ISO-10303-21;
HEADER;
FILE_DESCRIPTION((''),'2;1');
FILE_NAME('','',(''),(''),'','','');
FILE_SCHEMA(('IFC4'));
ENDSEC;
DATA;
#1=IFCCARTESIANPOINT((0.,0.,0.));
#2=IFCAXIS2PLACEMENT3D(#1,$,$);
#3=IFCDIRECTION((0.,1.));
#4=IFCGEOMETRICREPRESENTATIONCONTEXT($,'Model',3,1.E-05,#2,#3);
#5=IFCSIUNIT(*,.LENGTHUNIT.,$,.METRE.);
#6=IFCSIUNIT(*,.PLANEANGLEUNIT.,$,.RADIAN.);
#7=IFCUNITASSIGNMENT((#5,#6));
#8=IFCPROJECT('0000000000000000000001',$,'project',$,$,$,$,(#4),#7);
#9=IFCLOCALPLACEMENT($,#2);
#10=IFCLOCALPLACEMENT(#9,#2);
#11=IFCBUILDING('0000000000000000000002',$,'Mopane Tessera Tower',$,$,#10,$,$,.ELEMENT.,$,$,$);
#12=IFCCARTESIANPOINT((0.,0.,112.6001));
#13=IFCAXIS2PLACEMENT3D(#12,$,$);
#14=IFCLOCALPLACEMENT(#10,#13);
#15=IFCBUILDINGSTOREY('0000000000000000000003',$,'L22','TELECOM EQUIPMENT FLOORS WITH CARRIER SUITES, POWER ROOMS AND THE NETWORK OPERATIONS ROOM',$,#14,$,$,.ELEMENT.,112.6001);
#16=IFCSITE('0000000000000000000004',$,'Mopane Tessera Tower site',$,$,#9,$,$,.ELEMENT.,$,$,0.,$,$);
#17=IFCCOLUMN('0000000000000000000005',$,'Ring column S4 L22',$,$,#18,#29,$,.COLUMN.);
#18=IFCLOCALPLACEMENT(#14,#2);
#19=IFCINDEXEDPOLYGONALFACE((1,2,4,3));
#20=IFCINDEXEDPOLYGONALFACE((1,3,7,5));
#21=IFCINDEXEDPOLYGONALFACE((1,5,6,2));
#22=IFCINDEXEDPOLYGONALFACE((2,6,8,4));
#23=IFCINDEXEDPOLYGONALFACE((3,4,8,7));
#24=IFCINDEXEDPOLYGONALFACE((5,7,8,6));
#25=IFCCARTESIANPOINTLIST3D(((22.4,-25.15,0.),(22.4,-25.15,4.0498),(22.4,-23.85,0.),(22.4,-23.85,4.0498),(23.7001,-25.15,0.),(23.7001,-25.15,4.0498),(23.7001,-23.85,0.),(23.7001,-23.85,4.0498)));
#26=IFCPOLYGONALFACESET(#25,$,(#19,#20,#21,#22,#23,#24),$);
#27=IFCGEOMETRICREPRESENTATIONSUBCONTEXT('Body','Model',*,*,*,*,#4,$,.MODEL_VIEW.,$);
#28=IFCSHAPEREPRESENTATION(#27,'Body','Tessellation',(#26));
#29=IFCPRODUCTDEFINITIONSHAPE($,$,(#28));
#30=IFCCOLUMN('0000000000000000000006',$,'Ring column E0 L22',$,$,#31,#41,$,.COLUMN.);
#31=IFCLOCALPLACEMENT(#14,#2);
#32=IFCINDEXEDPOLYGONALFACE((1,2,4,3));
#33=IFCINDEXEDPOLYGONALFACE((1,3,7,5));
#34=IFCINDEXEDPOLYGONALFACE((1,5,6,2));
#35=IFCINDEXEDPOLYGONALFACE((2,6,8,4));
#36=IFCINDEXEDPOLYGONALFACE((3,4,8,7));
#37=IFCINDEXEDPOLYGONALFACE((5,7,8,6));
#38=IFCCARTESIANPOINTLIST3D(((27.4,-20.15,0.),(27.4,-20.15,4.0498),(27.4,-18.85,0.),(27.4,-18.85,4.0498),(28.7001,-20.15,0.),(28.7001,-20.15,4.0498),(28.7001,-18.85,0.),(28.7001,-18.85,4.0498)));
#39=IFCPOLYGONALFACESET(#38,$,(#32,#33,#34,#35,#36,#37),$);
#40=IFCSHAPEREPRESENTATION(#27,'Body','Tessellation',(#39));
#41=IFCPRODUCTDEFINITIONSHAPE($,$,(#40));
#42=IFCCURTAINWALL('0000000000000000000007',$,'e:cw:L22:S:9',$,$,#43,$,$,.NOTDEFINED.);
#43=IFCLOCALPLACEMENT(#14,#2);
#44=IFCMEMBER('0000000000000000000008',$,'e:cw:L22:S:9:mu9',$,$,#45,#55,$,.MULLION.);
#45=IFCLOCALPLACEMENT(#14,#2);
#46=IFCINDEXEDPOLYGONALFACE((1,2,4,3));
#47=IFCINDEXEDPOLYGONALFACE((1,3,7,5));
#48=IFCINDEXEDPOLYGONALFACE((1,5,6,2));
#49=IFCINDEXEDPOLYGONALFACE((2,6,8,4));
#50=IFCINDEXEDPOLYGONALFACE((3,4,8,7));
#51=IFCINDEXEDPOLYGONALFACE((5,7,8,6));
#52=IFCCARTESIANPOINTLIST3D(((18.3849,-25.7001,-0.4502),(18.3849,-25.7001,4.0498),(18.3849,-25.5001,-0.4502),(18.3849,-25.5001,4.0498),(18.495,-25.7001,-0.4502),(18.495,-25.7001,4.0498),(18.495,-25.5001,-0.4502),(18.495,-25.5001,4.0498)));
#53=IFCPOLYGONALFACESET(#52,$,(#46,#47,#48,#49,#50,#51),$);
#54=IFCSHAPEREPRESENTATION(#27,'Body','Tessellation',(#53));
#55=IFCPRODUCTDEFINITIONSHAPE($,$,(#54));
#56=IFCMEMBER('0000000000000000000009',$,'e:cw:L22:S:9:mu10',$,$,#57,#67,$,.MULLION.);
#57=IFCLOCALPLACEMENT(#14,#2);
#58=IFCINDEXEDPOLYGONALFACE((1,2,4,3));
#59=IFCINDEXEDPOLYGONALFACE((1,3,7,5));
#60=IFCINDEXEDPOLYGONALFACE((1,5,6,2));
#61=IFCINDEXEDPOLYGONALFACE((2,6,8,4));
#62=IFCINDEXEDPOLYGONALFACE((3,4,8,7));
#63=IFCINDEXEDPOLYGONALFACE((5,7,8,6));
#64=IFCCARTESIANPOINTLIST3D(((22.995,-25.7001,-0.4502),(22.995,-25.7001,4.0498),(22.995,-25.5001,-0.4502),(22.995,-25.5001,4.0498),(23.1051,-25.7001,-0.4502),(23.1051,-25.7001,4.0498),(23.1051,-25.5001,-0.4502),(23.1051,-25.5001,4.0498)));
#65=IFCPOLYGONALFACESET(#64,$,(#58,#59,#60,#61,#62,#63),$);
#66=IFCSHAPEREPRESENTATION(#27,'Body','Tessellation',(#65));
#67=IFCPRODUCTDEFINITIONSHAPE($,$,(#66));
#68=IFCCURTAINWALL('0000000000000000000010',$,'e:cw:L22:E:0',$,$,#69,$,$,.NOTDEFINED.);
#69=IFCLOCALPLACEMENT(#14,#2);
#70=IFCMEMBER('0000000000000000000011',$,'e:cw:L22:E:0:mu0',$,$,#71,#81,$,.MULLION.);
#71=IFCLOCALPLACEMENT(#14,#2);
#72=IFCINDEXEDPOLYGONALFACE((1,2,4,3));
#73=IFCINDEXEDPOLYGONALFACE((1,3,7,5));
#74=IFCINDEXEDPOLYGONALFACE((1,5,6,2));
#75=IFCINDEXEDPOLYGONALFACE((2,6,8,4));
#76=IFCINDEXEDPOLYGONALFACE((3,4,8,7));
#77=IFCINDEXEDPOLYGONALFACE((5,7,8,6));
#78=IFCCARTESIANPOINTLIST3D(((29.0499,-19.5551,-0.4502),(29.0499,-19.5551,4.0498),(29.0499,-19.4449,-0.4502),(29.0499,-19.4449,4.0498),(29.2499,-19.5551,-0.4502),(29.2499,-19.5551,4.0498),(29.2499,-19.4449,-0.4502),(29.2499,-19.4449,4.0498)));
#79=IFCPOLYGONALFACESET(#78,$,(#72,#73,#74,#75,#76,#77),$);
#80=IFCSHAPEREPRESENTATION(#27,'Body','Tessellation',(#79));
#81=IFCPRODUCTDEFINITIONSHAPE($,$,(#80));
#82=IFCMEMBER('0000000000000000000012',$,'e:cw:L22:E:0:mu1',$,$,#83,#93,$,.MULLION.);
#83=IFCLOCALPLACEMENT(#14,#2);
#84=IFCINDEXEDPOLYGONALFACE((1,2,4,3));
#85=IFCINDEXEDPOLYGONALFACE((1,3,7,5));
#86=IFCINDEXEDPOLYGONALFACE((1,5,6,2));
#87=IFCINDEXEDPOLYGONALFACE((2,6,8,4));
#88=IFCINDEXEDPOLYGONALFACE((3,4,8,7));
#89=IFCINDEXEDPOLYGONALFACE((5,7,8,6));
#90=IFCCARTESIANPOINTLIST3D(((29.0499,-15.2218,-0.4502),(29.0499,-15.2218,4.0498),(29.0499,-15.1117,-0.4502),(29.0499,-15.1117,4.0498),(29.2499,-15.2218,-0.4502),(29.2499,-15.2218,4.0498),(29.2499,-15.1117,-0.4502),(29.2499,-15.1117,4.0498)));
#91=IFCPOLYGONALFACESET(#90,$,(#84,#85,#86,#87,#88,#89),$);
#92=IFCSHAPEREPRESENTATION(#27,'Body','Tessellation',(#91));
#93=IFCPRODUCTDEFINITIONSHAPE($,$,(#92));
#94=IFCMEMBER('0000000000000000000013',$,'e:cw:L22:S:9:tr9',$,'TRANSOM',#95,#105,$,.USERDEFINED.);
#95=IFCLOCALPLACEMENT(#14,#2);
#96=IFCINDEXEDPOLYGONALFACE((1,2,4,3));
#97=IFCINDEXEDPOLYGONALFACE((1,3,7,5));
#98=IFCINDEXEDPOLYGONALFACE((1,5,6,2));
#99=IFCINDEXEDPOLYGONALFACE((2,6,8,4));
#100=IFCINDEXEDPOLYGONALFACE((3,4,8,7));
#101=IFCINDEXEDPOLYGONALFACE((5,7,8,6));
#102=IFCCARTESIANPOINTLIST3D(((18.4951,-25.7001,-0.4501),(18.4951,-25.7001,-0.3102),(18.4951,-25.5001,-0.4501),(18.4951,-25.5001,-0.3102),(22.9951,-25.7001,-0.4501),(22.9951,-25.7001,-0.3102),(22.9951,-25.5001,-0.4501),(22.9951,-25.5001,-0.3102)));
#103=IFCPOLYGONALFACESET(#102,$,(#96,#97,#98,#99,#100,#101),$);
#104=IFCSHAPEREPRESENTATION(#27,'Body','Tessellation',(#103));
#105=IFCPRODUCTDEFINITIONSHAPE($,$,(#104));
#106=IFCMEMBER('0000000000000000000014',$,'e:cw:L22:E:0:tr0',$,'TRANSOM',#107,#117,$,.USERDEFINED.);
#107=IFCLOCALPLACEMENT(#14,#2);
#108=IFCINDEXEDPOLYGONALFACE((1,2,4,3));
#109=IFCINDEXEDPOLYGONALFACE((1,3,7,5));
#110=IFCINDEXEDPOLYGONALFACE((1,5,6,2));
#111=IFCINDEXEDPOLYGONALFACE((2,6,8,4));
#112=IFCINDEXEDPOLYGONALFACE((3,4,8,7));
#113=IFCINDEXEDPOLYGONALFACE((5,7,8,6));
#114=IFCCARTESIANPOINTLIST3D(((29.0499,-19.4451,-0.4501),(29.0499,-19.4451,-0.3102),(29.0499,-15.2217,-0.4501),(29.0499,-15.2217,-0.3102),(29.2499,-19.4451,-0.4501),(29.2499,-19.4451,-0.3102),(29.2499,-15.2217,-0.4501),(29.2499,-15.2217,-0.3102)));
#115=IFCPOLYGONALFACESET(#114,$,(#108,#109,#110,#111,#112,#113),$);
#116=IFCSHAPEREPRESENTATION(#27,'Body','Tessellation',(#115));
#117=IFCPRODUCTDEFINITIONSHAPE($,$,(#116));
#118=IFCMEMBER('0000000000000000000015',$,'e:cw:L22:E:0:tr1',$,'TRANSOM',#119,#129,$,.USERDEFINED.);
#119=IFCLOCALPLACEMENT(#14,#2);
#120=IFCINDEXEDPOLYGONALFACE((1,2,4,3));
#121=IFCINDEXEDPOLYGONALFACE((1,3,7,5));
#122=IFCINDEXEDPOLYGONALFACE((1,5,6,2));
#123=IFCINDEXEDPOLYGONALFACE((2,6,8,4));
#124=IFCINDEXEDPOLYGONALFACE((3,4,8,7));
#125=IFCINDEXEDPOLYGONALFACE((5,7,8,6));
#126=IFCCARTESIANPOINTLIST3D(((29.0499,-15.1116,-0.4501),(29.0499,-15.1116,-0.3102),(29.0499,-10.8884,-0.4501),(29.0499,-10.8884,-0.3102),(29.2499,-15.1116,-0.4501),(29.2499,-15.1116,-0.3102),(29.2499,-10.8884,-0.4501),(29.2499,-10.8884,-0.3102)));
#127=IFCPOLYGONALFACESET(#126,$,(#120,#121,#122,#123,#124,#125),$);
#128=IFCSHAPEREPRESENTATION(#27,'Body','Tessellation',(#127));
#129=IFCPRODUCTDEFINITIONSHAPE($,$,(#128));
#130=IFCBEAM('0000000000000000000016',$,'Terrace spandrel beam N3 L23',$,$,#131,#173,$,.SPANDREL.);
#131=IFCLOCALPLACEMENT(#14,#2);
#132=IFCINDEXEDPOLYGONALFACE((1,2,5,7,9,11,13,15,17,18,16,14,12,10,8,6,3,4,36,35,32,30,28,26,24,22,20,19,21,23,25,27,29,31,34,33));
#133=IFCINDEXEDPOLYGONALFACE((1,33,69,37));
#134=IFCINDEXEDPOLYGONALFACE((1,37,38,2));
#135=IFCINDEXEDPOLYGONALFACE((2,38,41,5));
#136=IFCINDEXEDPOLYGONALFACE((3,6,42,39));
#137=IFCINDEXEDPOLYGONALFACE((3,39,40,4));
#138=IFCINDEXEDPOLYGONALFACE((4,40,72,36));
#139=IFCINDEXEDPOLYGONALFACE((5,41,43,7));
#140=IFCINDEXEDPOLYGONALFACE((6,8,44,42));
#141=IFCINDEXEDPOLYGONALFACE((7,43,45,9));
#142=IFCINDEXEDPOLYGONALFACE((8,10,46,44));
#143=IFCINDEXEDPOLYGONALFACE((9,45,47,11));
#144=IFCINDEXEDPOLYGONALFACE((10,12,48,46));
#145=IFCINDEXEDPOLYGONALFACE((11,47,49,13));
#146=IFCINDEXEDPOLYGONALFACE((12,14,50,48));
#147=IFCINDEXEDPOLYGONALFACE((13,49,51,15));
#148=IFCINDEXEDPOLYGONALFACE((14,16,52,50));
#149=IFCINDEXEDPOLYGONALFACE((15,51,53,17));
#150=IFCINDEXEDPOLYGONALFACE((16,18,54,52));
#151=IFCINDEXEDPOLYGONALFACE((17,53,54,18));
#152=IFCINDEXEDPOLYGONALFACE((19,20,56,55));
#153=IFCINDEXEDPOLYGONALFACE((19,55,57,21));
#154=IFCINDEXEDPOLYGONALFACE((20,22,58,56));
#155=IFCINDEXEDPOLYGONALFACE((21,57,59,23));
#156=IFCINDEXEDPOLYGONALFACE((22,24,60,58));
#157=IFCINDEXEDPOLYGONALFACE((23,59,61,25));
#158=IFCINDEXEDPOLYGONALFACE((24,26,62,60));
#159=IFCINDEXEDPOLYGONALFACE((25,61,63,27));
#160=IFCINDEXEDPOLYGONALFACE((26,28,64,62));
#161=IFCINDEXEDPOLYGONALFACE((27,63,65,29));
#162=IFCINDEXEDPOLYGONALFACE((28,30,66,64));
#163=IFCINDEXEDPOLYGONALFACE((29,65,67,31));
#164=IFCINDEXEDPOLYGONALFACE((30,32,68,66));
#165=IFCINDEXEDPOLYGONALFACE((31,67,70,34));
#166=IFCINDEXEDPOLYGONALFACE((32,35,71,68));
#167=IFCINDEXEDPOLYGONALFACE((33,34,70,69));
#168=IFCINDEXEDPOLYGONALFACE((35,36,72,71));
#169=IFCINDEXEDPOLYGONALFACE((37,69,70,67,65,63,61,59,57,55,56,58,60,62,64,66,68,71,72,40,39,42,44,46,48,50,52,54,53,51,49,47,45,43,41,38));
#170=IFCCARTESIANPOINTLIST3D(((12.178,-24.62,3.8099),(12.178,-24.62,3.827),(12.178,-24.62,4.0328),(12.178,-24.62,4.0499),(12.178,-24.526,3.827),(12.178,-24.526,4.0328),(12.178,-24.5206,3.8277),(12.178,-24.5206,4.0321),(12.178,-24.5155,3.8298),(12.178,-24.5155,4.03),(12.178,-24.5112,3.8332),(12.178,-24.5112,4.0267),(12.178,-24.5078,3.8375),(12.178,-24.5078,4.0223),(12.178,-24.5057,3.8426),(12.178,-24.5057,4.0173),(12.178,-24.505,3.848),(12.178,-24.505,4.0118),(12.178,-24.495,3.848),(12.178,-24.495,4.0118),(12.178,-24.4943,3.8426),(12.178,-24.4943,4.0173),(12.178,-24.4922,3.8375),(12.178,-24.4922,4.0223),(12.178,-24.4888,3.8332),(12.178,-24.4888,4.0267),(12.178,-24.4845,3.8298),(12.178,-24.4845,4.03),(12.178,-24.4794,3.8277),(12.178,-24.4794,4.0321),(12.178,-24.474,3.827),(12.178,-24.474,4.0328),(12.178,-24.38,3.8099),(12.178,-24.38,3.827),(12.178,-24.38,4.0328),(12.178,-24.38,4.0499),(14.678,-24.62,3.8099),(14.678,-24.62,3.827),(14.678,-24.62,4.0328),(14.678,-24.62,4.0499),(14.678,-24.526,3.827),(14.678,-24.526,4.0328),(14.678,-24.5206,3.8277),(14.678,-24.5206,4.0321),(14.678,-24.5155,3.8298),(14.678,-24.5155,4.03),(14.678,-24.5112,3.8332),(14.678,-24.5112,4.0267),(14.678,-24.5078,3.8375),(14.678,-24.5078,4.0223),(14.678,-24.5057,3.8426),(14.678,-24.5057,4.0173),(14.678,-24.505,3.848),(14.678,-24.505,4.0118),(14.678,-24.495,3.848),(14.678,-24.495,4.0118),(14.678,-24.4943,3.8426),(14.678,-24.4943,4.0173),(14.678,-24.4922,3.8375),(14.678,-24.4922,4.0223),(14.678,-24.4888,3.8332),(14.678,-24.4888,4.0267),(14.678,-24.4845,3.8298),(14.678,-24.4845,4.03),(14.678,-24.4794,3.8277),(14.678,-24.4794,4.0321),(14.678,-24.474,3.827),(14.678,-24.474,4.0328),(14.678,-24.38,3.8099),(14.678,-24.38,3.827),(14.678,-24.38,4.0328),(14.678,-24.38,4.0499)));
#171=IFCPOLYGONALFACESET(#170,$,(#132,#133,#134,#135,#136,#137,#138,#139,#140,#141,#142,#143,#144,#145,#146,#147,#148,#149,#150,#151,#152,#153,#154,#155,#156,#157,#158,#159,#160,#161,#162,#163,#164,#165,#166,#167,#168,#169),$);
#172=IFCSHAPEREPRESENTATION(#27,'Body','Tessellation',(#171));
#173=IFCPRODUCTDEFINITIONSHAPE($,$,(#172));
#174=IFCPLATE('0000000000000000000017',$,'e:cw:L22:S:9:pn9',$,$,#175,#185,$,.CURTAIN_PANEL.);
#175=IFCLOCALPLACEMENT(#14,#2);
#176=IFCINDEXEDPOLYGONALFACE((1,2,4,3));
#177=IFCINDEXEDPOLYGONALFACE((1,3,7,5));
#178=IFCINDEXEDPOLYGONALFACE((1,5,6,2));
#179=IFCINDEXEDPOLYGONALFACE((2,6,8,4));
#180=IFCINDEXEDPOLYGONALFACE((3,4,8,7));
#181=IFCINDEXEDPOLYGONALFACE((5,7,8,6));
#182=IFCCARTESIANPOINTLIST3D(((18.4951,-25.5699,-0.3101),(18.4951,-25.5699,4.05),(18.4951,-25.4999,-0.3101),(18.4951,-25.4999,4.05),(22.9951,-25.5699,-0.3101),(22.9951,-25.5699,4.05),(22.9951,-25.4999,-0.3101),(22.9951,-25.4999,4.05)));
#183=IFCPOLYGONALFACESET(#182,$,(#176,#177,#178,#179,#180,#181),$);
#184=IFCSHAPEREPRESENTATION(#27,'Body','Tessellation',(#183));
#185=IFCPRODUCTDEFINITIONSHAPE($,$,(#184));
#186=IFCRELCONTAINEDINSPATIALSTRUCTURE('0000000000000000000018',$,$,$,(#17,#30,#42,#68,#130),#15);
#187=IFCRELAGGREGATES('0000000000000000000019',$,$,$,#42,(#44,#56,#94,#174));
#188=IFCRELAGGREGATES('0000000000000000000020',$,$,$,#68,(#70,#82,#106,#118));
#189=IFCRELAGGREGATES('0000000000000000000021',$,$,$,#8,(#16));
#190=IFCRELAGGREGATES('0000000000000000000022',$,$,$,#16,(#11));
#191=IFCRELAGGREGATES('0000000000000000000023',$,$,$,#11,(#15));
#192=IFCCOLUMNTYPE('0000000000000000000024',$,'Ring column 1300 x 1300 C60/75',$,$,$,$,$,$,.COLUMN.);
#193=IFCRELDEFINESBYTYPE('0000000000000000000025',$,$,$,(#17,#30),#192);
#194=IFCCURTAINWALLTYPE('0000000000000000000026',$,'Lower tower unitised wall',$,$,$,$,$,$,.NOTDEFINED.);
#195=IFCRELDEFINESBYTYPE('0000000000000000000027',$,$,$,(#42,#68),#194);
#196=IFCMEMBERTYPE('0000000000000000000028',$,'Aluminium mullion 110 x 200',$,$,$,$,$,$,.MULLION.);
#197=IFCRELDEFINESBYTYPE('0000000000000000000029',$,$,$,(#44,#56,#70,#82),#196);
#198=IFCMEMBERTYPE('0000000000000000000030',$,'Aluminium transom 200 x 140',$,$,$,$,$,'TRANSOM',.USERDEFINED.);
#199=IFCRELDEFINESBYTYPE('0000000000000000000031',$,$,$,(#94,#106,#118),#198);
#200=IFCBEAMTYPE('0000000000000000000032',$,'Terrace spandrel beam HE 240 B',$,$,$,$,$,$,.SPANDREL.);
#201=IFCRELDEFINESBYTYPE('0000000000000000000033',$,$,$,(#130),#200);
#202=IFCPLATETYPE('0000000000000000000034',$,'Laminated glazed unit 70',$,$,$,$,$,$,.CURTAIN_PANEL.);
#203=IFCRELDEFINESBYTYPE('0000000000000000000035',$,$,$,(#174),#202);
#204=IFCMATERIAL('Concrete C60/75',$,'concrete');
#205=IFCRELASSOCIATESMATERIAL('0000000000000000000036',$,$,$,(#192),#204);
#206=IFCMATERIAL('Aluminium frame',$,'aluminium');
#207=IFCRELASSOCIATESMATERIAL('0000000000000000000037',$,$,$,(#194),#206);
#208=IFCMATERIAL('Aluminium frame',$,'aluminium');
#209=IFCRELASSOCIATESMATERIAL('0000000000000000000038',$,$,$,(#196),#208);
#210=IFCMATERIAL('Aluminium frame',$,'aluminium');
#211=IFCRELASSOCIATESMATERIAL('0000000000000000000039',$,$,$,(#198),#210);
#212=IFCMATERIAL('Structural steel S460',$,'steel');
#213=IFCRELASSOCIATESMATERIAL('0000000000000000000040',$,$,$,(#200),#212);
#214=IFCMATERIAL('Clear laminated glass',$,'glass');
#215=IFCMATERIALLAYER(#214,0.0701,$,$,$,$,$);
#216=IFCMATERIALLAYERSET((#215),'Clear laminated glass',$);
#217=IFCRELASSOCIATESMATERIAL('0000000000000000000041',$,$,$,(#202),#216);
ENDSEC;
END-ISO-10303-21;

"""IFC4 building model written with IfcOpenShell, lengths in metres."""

from ifc_helpers import new_model, si_unit, direction, frame, origin, origin_2d, place, context, subcontext, project, spatial, rectangle, i_section, extrude, material, layer, layer_set, material_profile, profile_set, type_object, element, aggregate, save


model = new_model("IFC4")

# Units and contexts
model_context = context("Model", 3, precision=1e-05, world=origin(), true_north=direction((0.0, 1.0)))
body_context = subcontext(model_context, "Body", "Model", "MODEL_VIEW")
ifc_project = project(units=[si_unit("LENGTHUNIT", "METRE"), si_unit("PLANEANGLEUNIT", "RADIAN")], contexts=[model_context])

# Site, building, storey
site_placement = place(None, origin())
site = spatial("IfcSite", under=ifc_project, at=site_placement, Name="Mopane Tessera Tower site", CompositionType="ELEMENT", RefElevation=0.0)
building_placement = place(site_placement, origin())
building = spatial("IfcBuilding", under=site, at=building_placement, Name="Mopane Tessera Tower", CompositionType="ELEMENT")
storey_placement = place(building_placement, frame((0.0, 0.0, 112.6001)))
storey = spatial("IfcBuildingStorey", under=building, at=storey_placement, Name="L22", Description="TELECOM EQUIPMENT FLOORS WITH CARRIER SUITES, POWER ROOMS AND THE NETWORK OPERATIONS ROOM", CompositionType="ELEMENT", Elevation=112.6001)

# Columns
ifc_material_1 = material(Name="Concrete C60/75", Category="concrete")
ifc_material_profile_1 = material_profile(ifc_material_1, rectangle(XDim=1.3, YDim=1.3, at=origin_2d()))
ifc_profile_set_1 = profile_set([ifc_material_profile_1], Name="Concrete C60/75")
column_type = type_object("IfcColumnType", Name="Ring column 1300 x 1300 C60/75", PredefinedType="COLUMN", material=ifc_profile_set_1)
for number, where, z_axis, x_axis, name in (
    (1, (23.05, -24.5, 0.0), (0.0, 0.0, 1.0), (1.0, 0.0, 0.0), "Ring column S4 L22"),
    (2, (28.05, -19.5, 0.0), (0.0, 0.0, 1.0), (1.0, 0.0, 0.0), "Ring column E0 L22"),
):
    element("IfcColumn", number, at=place(storey_placement, frame(where, z_axis=z_axis, x_axis=x_axis)), inside=storey, type_object=column_type, Name=name, PredefinedType="COLUMN", context=body_context, shape_type="SweptSolid", body=[
        extrude(rectangle(XDim=1.3, YDim=1.3, at=origin_2d()), origin(), (0.0, 0.0, 1.0), 4.0498),
    ])

# Curtain walls, members
ifc_material_2 = material(Name="Aluminium frame", Category="aluminium")
curtain_wall_type = type_object("IfcCurtainWallType", Name="Lower tower unitised wall", PredefinedType="NOTDEFINED", material=ifc_material_2)
curtain_wall_1_placement = place(storey_placement, origin())
curtain_wall_1 = element("IfcCurtainWall", 3, at=curtain_wall_1_placement, inside=storey, type_object=curtain_wall_type, Name="e:cw:L22:S:9", PredefinedType="NOTDEFINED")
ifc_material_3 = material(Name="Aluminium frame", Category="aluminium")
ifc_material_profile_2 = material_profile(ifc_material_3, rectangle(XDim=0.1101, YDim=0.2, at=origin_2d()))
ifc_profile_set_2 = profile_set([ifc_material_profile_2], Name="Aluminium frame")
member_type_1 = type_object("IfcMemberType", Name="Aluminium mullion 110 x 200", PredefinedType="MULLION", material=ifc_profile_set_2)
member_1_placement = place(storey_placement, frame((18.4399, -25.6001, -0.4502), z_axis=(0.0, 0.0, 1.0), x_axis=(1.0, 0.0, 0.0)))
member_1 = element("IfcMember", 4, at=member_1_placement, type_object=member_type_1, Name="e:cw:L22:S:9:mu9", PredefinedType="MULLION", context=body_context, shape_type="SweptSolid", body=[
    extrude(rectangle(XDim=0.1101, YDim=0.2, at=origin_2d()), origin(), (0.0, 0.0, 1.0), 4.5),
])
member_2_placement = place(storey_placement, frame((23.05, -25.6001, -0.4502), z_axis=(0.0, 0.0, 1.0), x_axis=(1.0, 0.0, 0.0)))
member_2 = element("IfcMember", 5, at=member_2_placement, type_object=member_type_1, Name="e:cw:L22:S:9:mu10", PredefinedType="MULLION", context=body_context, shape_type="SweptSolid", body=[
    extrude(rectangle(XDim=0.1101, YDim=0.2, at=origin_2d()), origin(), (0.0, 0.0, 1.0), 4.5),
])
curtain_wall_2_placement = place(storey_placement, origin())
curtain_wall_2 = element("IfcCurtainWall", 6, at=curtain_wall_2_placement, inside=storey, type_object=curtain_wall_type, Name="e:cw:L22:E:0", PredefinedType="NOTDEFINED")
member_3_placement = place(storey_placement, frame((29.1499, -19.5, -0.4502), z_axis=(0.0, 0.0, 1.0), x_axis=(0.0, 1.0, 0.0)))
member_3 = element("IfcMember", 7, at=member_3_placement, type_object=member_type_1, Name="e:cw:L22:E:0:mu0", PredefinedType="MULLION", context=body_context, shape_type="SweptSolid", body=[
    extrude(rectangle(XDim=0.1101, YDim=0.2, at=origin_2d()), origin(), (0.0, 0.0, 1.0), 4.5),
])
member_4_placement = place(storey_placement, frame((29.1499, -15.1667, -0.4502), z_axis=(0.0, 0.0, 1.0), x_axis=(0.0, 1.0, 0.0)))
member_4 = element("IfcMember", 8, at=member_4_placement, type_object=member_type_1, Name="e:cw:L22:E:0:mu1", PredefinedType="MULLION", context=body_context, shape_type="SweptSolid", body=[
    extrude(rectangle(XDim=0.1101, YDim=0.2, at=origin_2d()), origin(), (0.0, 0.0, 1.0), 4.5),
])

# Members
ifc_material_4 = material(Name="Aluminium frame", Category="aluminium")
ifc_material_profile_3 = material_profile(ifc_material_4, rectangle(XDim=0.2, YDim=0.1399, at=origin_2d()))
ifc_profile_set_3 = profile_set([ifc_material_profile_3], Name="Aluminium frame")
member_type_2 = type_object("IfcMemberType", Name="Aluminium transom 200 x 140", ElementType="TRANSOM", PredefinedType="USERDEFINED", material=ifc_profile_set_3)
member_5_placement = place(storey_placement, frame((18.4951, -25.6001, -0.3801), z_axis=(1.0, 0.0, 0.0), x_axis=(0.0, 1.0, 0.0)))
member_5 = element("IfcMember", 9, at=member_5_placement, type_object=member_type_2, Name="e:cw:L22:S:9:tr9", ObjectType="TRANSOM", PredefinedType="USERDEFINED", context=body_context, shape_type="SweptSolid", body=[
    extrude(rectangle(XDim=0.2, YDim=0.1399, at=origin_2d()), origin(), (0.0, 0.0, 1.0), 4.5),
])
member_6_placement = place(storey_placement, frame((29.1499, -19.4451, -0.3801), z_axis=(0.0, 1.0, 0.0), x_axis=(-1.0, 0.0, 0.0)))
member_6 = element("IfcMember", 10, at=member_6_placement, type_object=member_type_2, Name="e:cw:L22:E:0:tr0", ObjectType="TRANSOM", PredefinedType="USERDEFINED", context=body_context, shape_type="SweptSolid", body=[
    extrude(rectangle(XDim=0.2, YDim=0.1399, at=origin_2d()), origin(), (0.0, 0.0, 1.0), 4.2234),
])
member_7_placement = place(storey_placement, frame((29.1499, -15.1116, -0.3801), z_axis=(0.0, 1.0, 0.0), x_axis=(-1.0, 0.0, 0.0)))
member_7 = element("IfcMember", 11, at=member_7_placement, type_object=member_type_2, Name="e:cw:L22:E:0:tr1", ObjectType="TRANSOM", PredefinedType="USERDEFINED", context=body_context, shape_type="SweptSolid", body=[
    extrude(rectangle(XDim=0.2, YDim=0.1399, at=origin_2d()), origin(), (0.0, 0.0, 1.0), 4.2231),
])

# Beam
ifc_material_5 = material(Name="Structural steel S460", Category="steel")
ifc_material_profile_4 = material_profile(ifc_material_5, i_section(OverallWidth=0.24, OverallDepth=0.24, WebThickness=0.01, FlangeThickness=0.0171, FilletRadius=0.021, at=origin_2d()))
ifc_profile_set_4 = profile_set([ifc_material_profile_4], Name="Structural steel S460")
beam_type = type_object("IfcBeamType", Name="Terrace spandrel beam HE 240 B", PredefinedType="SPANDREL", material=ifc_profile_set_4)
beam_placement = place(storey_placement, frame((12.178, -24.5, 3.9299), z_axis=(1.0, 0.0, 0.0), x_axis=(0.0, 1.0, 0.0)))
element("IfcBeam", 12, at=beam_placement, inside=storey, type_object=beam_type, Name="Terrace spandrel beam N3 L23", PredefinedType="SPANDREL", context=body_context, shape_type="SweptSolid", body=[
    extrude(i_section(OverallWidth=0.24, OverallDepth=0.24, WebThickness=0.01, FlangeThickness=0.0171, FilletRadius=0.021, at=origin_2d()), origin(), (0.0, 0.0, 1.0), 2.5),
])

# Plate
ifc_material_6 = material(Name="Clear laminated glass", Category="glass")
ifc_layer_1 = layer(ifc_material_6, 0.0701)
ifc_layer_set_1 = layer_set([ifc_layer_1], Name="Clear laminated glass")
plate_type = type_object("IfcPlateType", Name="Laminated glazed unit 70", PredefinedType="CURTAIN_PANEL", material=ifc_layer_set_1)
plate_1_placement = place(storey_placement, frame((20.7451, -25.5349, -0.3101), z_axis=(0.0, 0.0, 1.0), x_axis=(1.0, 0.0, 0.0)))
plate_1 = element("IfcPlate", 13, at=plate_1_placement, type_object=plate_type, Name="e:cw:L22:S:9:pn9", PredefinedType="CURTAIN_PANEL", context=body_context, shape_type="SweptSolid", body=[
    extrude(rectangle(XDim=4.5, YDim=0.0701, at=origin_2d()), origin(), (0.0, 0.0, 1.0), 4.3601),
])
aggregate(curtain_wall_1, [member_1, member_2, member_5, plate_1])
aggregate(curtain_wall_2, [member_3, member_4, member_6, member_7])

save(model, "model.ifc")
